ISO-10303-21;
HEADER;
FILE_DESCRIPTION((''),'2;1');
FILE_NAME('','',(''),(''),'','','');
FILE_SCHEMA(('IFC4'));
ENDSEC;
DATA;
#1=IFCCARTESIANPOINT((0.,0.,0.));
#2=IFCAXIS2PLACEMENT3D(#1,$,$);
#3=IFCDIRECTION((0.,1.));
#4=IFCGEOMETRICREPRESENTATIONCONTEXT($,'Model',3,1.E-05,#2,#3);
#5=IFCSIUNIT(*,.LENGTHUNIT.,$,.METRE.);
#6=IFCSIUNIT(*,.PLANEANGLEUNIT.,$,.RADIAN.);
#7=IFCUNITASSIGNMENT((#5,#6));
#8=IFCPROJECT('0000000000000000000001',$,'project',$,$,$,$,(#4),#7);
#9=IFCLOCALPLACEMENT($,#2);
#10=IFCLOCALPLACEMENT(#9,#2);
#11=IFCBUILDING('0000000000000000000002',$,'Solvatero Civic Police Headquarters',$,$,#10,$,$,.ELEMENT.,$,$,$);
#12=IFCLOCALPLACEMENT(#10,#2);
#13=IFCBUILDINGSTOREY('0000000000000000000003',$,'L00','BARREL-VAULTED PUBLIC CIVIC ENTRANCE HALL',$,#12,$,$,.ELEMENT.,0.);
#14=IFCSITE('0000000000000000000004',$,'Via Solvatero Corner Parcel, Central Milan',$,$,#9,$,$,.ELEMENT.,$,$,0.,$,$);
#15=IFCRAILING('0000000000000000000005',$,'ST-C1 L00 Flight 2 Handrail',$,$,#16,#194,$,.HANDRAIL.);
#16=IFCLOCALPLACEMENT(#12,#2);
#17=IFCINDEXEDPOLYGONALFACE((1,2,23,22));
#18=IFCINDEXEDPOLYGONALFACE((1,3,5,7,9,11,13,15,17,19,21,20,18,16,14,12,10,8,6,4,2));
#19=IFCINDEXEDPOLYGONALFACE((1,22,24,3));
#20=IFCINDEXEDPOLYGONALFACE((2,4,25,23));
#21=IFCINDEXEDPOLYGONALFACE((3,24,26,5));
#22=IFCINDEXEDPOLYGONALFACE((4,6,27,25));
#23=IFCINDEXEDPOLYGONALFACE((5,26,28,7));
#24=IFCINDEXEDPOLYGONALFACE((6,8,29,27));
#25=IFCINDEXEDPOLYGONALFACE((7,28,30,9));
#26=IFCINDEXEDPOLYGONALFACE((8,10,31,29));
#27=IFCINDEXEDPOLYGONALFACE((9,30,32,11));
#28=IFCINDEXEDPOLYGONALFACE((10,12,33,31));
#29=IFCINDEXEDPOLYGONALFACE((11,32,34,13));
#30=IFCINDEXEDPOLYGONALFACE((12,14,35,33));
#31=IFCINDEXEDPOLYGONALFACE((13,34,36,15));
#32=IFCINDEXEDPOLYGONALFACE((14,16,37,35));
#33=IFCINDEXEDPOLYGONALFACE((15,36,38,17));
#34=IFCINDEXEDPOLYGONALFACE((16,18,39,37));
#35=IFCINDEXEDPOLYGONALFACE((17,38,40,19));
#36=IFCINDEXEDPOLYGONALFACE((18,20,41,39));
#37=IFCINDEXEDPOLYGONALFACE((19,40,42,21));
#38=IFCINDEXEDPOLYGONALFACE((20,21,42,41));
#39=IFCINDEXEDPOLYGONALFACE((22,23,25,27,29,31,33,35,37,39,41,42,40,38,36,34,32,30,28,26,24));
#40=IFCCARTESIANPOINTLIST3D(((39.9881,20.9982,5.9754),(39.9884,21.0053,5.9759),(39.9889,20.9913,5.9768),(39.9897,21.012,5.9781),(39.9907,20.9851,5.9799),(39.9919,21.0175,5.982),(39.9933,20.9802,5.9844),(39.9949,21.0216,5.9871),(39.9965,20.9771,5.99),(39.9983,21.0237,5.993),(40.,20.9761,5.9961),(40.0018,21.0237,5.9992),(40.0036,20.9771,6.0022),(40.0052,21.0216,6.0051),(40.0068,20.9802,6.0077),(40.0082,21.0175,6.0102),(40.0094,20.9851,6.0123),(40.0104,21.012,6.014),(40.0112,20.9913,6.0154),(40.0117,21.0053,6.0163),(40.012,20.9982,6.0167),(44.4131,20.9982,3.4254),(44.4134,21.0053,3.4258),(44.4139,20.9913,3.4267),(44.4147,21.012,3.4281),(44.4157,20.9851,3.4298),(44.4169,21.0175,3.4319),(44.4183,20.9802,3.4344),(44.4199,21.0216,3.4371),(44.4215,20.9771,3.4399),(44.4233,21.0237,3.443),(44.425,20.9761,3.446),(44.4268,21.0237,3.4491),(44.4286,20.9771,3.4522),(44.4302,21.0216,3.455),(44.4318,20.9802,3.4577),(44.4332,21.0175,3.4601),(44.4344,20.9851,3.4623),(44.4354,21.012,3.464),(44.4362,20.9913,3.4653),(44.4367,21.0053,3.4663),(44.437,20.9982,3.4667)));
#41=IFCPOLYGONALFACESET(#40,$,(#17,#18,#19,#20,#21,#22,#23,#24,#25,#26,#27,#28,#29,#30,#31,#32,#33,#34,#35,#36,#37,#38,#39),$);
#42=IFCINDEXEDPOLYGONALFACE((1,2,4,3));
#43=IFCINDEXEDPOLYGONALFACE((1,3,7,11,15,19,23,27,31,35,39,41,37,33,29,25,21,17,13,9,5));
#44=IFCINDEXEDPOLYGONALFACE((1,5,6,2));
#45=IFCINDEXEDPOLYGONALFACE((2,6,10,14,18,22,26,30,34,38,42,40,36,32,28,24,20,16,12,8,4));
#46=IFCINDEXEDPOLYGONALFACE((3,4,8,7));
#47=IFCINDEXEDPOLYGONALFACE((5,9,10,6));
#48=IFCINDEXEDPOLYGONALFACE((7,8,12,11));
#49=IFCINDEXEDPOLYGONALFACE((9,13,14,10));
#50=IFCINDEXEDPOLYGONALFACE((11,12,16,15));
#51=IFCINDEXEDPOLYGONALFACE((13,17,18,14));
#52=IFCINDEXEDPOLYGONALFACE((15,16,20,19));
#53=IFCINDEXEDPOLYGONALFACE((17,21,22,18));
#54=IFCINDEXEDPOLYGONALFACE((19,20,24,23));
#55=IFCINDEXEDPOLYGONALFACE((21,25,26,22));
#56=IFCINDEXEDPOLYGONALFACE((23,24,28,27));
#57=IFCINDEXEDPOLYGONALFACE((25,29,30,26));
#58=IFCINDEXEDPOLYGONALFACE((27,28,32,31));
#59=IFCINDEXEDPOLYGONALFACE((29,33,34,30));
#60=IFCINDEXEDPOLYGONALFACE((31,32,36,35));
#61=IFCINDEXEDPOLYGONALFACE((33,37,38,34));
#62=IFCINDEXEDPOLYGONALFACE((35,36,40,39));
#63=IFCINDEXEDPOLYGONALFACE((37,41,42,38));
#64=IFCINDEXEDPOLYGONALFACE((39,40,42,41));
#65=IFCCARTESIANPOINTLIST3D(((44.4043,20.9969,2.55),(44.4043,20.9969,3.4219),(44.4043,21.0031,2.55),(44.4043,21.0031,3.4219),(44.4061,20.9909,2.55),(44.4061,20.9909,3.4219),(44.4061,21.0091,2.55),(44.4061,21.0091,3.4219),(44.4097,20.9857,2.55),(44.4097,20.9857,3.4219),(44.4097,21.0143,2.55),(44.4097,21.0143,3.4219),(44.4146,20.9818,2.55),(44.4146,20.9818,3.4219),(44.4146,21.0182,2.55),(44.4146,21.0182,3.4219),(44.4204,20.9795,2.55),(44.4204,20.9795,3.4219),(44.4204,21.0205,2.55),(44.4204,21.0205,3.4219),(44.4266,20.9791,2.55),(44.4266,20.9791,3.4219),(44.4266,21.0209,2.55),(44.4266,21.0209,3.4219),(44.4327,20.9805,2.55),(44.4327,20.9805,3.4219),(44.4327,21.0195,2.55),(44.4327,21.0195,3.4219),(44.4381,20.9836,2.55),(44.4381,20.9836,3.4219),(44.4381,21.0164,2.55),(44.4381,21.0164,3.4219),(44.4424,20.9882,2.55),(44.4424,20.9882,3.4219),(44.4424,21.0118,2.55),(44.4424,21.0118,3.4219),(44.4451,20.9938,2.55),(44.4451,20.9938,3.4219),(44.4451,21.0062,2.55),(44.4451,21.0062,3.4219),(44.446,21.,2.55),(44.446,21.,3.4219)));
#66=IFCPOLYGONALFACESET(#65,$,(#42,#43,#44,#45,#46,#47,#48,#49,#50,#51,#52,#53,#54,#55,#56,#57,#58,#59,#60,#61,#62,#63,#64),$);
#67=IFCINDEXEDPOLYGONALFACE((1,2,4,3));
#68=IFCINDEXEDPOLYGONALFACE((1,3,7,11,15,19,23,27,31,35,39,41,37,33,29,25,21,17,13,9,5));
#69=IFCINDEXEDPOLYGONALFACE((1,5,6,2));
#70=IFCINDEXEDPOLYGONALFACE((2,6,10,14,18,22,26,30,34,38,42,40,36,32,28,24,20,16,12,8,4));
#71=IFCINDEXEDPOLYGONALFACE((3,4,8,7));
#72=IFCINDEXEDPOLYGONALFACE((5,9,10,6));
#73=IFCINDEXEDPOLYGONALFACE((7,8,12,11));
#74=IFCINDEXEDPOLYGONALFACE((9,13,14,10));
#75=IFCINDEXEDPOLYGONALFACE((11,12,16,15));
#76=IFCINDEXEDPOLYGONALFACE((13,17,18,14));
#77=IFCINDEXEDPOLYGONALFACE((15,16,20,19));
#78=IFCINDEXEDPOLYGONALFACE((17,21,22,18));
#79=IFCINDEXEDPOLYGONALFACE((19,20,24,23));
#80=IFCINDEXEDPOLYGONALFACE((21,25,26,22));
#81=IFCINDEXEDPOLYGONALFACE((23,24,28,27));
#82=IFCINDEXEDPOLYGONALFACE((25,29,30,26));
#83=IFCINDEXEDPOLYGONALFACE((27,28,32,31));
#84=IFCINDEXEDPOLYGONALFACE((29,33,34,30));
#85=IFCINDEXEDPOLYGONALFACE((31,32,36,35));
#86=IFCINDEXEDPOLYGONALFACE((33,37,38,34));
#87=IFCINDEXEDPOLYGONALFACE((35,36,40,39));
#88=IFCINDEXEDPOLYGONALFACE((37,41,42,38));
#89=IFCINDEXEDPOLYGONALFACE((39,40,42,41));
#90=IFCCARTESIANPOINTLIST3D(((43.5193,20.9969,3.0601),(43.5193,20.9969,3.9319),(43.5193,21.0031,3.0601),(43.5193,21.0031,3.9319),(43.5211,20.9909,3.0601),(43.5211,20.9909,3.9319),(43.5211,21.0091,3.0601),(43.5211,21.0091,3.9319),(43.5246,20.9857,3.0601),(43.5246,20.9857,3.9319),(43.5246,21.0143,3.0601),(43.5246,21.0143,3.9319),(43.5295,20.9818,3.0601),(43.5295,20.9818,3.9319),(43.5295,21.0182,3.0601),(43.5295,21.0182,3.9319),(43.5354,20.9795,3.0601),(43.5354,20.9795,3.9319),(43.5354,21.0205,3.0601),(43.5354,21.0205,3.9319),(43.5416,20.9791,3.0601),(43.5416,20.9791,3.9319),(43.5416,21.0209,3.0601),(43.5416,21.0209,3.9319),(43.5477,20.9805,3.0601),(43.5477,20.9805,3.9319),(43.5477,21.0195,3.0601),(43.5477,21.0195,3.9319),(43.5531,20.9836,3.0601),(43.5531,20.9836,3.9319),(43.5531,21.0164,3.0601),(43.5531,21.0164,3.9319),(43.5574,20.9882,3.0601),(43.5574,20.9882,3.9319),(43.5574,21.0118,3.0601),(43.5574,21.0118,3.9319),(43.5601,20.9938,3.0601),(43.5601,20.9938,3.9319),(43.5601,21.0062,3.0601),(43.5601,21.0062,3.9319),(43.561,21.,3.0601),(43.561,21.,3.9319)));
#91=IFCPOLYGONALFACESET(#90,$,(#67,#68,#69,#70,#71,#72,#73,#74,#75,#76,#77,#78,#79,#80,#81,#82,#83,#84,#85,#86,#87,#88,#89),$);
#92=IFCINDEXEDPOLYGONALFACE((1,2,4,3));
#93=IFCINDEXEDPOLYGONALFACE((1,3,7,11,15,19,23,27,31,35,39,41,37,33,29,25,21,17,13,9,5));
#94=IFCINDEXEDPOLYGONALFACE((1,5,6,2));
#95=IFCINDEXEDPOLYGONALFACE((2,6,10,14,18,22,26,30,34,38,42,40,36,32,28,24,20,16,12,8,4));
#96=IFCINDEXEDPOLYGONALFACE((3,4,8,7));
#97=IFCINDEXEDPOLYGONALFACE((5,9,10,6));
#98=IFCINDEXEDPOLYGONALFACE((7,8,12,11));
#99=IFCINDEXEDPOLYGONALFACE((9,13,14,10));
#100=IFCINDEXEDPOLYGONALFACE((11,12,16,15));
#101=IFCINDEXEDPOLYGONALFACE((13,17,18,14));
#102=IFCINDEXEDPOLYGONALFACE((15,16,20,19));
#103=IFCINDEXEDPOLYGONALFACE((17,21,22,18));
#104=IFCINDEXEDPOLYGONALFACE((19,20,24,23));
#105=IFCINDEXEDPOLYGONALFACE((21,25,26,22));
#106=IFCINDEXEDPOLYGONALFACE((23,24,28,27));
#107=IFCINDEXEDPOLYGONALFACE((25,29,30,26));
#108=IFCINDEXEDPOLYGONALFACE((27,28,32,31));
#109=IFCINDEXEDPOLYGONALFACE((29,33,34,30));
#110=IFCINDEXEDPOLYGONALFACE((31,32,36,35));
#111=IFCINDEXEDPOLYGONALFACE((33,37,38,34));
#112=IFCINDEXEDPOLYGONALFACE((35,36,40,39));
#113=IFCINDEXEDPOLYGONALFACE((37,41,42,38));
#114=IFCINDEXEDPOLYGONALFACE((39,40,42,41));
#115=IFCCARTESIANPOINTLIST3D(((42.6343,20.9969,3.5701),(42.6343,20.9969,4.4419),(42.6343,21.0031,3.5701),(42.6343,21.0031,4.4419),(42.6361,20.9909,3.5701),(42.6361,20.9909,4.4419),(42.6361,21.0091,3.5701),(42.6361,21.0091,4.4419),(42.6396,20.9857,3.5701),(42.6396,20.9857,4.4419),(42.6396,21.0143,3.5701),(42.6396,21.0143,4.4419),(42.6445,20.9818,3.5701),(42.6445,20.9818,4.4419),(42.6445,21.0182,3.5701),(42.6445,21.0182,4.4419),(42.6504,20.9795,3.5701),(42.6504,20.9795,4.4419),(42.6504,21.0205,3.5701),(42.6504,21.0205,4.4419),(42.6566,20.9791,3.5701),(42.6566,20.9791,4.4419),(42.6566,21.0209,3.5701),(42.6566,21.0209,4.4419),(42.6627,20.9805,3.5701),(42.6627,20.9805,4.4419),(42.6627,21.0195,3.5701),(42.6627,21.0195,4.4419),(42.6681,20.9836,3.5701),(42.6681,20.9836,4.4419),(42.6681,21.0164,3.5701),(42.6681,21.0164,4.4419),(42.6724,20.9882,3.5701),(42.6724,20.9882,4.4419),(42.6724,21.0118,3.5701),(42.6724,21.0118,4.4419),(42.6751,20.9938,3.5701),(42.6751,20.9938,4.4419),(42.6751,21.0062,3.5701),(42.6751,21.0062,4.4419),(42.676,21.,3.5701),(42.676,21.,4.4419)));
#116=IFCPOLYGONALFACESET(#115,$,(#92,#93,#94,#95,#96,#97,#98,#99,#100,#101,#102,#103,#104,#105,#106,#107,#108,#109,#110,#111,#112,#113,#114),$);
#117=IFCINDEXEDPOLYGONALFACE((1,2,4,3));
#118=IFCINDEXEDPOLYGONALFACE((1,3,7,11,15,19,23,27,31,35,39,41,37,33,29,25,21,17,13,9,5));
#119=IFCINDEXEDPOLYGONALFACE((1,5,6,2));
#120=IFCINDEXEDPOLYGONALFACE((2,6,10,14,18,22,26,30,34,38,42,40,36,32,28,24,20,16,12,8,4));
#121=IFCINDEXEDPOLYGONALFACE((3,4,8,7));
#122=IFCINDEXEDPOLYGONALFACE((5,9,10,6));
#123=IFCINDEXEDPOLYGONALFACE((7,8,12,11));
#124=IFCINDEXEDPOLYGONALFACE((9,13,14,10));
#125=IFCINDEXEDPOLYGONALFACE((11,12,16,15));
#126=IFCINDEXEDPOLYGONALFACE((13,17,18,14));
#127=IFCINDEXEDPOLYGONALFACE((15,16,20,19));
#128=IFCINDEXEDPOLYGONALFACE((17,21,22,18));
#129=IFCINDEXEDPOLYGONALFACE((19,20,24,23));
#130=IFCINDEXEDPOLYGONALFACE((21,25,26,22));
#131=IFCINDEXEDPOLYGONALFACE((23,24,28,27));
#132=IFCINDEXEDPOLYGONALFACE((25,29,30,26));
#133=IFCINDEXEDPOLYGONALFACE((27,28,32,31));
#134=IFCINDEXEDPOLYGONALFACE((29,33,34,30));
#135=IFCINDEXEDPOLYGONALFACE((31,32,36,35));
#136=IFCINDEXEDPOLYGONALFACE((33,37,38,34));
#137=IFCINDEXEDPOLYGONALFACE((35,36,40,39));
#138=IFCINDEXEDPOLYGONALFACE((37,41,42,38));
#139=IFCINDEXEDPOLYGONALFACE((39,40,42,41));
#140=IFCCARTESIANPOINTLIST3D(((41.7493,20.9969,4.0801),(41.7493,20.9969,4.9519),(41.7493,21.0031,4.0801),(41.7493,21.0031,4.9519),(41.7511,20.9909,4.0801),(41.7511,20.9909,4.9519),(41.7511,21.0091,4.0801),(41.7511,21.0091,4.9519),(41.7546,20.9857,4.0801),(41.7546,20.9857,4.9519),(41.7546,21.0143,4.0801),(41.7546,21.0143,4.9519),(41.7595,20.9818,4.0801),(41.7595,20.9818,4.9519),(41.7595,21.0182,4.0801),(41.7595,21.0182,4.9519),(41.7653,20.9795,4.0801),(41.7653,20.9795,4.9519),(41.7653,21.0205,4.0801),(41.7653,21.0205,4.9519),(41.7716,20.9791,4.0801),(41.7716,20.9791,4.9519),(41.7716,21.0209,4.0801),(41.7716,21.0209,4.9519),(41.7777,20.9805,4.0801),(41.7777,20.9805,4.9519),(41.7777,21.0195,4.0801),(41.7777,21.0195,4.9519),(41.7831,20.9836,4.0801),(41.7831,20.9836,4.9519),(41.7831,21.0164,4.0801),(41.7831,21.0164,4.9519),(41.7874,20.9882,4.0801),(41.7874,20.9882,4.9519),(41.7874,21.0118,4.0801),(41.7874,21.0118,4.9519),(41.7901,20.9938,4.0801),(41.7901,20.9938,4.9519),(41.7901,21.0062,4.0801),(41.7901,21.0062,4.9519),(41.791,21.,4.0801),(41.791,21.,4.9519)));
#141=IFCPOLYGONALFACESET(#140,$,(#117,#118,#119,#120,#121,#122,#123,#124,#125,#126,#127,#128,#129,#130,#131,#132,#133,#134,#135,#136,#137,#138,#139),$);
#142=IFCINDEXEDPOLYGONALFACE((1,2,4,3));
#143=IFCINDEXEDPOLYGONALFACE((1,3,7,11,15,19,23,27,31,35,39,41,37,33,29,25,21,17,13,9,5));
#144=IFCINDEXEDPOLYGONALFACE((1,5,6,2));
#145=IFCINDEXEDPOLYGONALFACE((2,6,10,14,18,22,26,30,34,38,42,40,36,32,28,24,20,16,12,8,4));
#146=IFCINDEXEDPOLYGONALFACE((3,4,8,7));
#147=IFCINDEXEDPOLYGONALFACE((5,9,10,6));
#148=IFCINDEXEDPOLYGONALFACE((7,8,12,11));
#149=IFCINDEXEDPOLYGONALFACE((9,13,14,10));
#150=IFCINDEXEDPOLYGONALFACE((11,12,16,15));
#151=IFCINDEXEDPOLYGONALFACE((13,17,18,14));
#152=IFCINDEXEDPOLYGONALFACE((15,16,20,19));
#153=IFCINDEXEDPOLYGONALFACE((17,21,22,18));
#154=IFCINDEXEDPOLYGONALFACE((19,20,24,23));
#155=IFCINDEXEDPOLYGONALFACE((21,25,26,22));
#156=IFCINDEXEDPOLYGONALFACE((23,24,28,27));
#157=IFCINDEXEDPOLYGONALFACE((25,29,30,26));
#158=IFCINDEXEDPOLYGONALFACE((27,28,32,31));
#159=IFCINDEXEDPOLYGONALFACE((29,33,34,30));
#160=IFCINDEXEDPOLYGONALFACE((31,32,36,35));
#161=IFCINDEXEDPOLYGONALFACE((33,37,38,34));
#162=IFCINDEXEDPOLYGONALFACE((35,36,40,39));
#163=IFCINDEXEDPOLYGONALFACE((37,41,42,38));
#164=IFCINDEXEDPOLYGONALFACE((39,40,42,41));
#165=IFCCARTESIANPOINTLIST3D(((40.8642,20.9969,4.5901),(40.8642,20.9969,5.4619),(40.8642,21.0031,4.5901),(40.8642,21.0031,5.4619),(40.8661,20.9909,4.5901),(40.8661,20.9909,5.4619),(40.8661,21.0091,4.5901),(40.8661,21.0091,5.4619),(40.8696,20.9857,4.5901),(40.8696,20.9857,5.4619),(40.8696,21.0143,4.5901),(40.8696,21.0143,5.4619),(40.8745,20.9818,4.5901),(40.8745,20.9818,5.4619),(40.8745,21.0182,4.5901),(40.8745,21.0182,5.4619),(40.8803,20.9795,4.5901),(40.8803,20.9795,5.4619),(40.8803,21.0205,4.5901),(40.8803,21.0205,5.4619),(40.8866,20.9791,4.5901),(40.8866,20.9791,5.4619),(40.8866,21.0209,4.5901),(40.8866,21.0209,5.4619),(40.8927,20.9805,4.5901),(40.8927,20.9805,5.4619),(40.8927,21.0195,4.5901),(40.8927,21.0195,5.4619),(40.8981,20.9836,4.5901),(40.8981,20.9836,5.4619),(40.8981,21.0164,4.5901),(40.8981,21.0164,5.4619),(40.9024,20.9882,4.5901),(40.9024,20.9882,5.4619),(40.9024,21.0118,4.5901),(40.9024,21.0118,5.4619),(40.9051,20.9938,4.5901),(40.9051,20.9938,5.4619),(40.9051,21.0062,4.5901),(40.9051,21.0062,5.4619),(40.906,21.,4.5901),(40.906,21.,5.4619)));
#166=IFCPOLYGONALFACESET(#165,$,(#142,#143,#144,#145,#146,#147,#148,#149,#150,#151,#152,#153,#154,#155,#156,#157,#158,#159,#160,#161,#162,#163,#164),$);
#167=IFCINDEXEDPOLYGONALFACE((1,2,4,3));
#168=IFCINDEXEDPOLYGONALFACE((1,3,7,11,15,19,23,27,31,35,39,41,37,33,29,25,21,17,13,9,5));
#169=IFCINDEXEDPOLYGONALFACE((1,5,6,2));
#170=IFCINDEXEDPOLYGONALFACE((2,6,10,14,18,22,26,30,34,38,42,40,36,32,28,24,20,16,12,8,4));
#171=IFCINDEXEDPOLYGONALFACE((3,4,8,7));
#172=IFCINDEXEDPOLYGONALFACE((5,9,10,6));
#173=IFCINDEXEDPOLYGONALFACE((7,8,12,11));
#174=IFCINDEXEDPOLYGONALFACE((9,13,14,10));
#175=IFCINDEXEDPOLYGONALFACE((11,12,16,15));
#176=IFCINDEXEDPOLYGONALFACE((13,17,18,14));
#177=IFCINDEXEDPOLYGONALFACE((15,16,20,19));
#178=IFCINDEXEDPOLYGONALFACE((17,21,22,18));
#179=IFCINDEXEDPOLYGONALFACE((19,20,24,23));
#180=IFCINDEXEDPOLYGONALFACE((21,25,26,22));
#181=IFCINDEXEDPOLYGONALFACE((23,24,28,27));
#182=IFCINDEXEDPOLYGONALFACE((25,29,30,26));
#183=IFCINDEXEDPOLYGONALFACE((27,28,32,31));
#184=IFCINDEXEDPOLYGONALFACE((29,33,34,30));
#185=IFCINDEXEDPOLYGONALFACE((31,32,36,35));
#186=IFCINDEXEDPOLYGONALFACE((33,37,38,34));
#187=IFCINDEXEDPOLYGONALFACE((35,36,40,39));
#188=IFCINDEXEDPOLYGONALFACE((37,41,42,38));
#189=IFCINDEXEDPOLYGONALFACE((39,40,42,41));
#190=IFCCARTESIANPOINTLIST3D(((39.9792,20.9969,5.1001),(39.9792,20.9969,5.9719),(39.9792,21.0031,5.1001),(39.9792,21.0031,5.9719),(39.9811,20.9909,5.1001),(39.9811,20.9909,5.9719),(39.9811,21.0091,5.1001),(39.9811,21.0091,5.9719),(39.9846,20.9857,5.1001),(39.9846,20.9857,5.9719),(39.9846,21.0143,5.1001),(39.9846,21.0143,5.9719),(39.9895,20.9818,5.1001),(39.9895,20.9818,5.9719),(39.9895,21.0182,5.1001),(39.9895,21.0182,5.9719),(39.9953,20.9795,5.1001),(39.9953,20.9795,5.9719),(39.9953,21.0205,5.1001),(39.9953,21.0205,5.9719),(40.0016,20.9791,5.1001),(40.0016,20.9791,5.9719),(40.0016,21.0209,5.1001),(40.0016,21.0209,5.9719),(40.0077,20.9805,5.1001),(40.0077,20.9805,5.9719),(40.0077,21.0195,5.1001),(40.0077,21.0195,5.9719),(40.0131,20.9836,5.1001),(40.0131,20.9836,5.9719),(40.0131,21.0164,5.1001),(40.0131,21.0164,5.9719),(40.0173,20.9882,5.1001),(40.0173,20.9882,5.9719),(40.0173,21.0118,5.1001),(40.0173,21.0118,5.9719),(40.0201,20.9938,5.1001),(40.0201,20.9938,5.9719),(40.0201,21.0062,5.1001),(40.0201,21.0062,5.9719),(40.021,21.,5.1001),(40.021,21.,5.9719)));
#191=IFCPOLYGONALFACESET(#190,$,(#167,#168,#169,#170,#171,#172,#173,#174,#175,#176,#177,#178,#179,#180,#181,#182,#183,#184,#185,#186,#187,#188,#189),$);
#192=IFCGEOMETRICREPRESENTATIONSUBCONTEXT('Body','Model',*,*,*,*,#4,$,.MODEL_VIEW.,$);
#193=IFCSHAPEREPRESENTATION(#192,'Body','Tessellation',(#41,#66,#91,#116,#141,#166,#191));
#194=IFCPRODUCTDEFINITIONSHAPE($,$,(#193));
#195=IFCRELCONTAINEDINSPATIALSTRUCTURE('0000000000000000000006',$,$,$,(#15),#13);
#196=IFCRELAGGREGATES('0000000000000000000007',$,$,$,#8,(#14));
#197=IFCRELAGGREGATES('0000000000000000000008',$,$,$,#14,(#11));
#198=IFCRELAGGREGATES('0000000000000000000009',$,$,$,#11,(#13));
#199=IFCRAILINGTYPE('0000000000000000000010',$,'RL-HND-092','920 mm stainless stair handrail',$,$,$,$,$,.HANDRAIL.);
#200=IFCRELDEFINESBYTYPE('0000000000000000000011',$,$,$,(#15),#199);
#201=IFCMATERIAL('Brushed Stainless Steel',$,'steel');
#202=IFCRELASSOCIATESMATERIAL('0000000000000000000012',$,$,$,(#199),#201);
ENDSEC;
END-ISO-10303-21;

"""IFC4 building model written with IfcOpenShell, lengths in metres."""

from ifc_helpers import new_model, si_unit, direction, frame, origin, origin_2d, place, context, subcontext, project, spatial, circle, extrude, material, type_object, element, save


model = new_model("IFC4")

# Units and contexts
model_context = context("Model", 3, precision=1e-05, world=origin(), true_north=direction((0.0, 1.0)))
body_context = subcontext(model_context, "Body", "Model", "MODEL_VIEW")
ifc_project = project(units=[si_unit("LENGTHUNIT", "METRE"), si_unit("PLANEANGLEUNIT", "RADIAN")], contexts=[model_context])

# Site, building, storey
site_placement = place(None, origin())
site = spatial("IfcSite", under=ifc_project, at=site_placement, Name="Via Solvatero Corner Parcel, Central Milan", CompositionType="ELEMENT", RefElevation=0.0)
building_placement = place(site_placement, origin())
building = spatial("IfcBuilding", under=site, at=building_placement, Name="Solvatero Civic Police Headquarters", CompositionType="ELEMENT")
storey_placement = place(building_placement, origin())
storey = spatial("IfcBuildingStorey", under=building, at=storey_placement, Name="L00", Description="BARREL-VAULTED PUBLIC CIVIC ENTRANCE HALL", CompositionType="ELEMENT", Elevation=0.0)

# Railing
ifc_material_1 = material(Name="Brushed Stainless Steel", Category="steel")
railing_type_1 = type_object("IfcRailingType", Name="RL-HND-092", Description="920 mm stainless stair handrail", PredefinedType="HANDRAIL", material=ifc_material_1)
railing_1_placement = place(storey_placement, frame((44.425, 21.0, 2.55)))
element("IfcRailing", 1, at=railing_1_placement, inside=storey, type_object=railing_type_1, Name="ST-C1 L00 Flight 2 Handrail", PredefinedType="HANDRAIL", context=body_context, shape_type="SweptSolid", body=[
    extrude(circle(Radius=0.0239, at=origin_2d()), frame((0.0, 0.0, 0.896), z_axis=(-0.866428, 0.0, 0.499302), x_axis=(0.0, -1.0, 0.0)), (0.0, 0.0, 1.0), 5.1072),
    extrude(circle(Radius=0.021, at=origin_2d()), origin(), (0.0, 0.0, 1.0), 0.8718),
    extrude(circle(Radius=0.021, at=origin_2d()), frame((-0.885, 0.0, 0.51)), (0.0, 0.0, 1.0), 0.8718),
    extrude(circle(Radius=0.021, at=origin_2d()), frame((-1.77, 0.0, 1.02)), (0.0, 0.0, 1.0), 0.8718),
    extrude(circle(Radius=0.021, at=origin_2d()), frame((-2.655, 0.0, 1.53)), (0.0, 0.0, 1.0), 0.8718),
    extrude(circle(Radius=0.021, at=origin_2d()), frame((-3.54, 0.0, 2.04)), (0.0, 0.0, 1.0), 0.8718),
    extrude(circle(Radius=0.021, at=origin_2d()), frame((-4.425, 0.0, 2.55)), (0.0, 0.0, 1.0), 0.8718),
])

save(model, "model.ifc")
